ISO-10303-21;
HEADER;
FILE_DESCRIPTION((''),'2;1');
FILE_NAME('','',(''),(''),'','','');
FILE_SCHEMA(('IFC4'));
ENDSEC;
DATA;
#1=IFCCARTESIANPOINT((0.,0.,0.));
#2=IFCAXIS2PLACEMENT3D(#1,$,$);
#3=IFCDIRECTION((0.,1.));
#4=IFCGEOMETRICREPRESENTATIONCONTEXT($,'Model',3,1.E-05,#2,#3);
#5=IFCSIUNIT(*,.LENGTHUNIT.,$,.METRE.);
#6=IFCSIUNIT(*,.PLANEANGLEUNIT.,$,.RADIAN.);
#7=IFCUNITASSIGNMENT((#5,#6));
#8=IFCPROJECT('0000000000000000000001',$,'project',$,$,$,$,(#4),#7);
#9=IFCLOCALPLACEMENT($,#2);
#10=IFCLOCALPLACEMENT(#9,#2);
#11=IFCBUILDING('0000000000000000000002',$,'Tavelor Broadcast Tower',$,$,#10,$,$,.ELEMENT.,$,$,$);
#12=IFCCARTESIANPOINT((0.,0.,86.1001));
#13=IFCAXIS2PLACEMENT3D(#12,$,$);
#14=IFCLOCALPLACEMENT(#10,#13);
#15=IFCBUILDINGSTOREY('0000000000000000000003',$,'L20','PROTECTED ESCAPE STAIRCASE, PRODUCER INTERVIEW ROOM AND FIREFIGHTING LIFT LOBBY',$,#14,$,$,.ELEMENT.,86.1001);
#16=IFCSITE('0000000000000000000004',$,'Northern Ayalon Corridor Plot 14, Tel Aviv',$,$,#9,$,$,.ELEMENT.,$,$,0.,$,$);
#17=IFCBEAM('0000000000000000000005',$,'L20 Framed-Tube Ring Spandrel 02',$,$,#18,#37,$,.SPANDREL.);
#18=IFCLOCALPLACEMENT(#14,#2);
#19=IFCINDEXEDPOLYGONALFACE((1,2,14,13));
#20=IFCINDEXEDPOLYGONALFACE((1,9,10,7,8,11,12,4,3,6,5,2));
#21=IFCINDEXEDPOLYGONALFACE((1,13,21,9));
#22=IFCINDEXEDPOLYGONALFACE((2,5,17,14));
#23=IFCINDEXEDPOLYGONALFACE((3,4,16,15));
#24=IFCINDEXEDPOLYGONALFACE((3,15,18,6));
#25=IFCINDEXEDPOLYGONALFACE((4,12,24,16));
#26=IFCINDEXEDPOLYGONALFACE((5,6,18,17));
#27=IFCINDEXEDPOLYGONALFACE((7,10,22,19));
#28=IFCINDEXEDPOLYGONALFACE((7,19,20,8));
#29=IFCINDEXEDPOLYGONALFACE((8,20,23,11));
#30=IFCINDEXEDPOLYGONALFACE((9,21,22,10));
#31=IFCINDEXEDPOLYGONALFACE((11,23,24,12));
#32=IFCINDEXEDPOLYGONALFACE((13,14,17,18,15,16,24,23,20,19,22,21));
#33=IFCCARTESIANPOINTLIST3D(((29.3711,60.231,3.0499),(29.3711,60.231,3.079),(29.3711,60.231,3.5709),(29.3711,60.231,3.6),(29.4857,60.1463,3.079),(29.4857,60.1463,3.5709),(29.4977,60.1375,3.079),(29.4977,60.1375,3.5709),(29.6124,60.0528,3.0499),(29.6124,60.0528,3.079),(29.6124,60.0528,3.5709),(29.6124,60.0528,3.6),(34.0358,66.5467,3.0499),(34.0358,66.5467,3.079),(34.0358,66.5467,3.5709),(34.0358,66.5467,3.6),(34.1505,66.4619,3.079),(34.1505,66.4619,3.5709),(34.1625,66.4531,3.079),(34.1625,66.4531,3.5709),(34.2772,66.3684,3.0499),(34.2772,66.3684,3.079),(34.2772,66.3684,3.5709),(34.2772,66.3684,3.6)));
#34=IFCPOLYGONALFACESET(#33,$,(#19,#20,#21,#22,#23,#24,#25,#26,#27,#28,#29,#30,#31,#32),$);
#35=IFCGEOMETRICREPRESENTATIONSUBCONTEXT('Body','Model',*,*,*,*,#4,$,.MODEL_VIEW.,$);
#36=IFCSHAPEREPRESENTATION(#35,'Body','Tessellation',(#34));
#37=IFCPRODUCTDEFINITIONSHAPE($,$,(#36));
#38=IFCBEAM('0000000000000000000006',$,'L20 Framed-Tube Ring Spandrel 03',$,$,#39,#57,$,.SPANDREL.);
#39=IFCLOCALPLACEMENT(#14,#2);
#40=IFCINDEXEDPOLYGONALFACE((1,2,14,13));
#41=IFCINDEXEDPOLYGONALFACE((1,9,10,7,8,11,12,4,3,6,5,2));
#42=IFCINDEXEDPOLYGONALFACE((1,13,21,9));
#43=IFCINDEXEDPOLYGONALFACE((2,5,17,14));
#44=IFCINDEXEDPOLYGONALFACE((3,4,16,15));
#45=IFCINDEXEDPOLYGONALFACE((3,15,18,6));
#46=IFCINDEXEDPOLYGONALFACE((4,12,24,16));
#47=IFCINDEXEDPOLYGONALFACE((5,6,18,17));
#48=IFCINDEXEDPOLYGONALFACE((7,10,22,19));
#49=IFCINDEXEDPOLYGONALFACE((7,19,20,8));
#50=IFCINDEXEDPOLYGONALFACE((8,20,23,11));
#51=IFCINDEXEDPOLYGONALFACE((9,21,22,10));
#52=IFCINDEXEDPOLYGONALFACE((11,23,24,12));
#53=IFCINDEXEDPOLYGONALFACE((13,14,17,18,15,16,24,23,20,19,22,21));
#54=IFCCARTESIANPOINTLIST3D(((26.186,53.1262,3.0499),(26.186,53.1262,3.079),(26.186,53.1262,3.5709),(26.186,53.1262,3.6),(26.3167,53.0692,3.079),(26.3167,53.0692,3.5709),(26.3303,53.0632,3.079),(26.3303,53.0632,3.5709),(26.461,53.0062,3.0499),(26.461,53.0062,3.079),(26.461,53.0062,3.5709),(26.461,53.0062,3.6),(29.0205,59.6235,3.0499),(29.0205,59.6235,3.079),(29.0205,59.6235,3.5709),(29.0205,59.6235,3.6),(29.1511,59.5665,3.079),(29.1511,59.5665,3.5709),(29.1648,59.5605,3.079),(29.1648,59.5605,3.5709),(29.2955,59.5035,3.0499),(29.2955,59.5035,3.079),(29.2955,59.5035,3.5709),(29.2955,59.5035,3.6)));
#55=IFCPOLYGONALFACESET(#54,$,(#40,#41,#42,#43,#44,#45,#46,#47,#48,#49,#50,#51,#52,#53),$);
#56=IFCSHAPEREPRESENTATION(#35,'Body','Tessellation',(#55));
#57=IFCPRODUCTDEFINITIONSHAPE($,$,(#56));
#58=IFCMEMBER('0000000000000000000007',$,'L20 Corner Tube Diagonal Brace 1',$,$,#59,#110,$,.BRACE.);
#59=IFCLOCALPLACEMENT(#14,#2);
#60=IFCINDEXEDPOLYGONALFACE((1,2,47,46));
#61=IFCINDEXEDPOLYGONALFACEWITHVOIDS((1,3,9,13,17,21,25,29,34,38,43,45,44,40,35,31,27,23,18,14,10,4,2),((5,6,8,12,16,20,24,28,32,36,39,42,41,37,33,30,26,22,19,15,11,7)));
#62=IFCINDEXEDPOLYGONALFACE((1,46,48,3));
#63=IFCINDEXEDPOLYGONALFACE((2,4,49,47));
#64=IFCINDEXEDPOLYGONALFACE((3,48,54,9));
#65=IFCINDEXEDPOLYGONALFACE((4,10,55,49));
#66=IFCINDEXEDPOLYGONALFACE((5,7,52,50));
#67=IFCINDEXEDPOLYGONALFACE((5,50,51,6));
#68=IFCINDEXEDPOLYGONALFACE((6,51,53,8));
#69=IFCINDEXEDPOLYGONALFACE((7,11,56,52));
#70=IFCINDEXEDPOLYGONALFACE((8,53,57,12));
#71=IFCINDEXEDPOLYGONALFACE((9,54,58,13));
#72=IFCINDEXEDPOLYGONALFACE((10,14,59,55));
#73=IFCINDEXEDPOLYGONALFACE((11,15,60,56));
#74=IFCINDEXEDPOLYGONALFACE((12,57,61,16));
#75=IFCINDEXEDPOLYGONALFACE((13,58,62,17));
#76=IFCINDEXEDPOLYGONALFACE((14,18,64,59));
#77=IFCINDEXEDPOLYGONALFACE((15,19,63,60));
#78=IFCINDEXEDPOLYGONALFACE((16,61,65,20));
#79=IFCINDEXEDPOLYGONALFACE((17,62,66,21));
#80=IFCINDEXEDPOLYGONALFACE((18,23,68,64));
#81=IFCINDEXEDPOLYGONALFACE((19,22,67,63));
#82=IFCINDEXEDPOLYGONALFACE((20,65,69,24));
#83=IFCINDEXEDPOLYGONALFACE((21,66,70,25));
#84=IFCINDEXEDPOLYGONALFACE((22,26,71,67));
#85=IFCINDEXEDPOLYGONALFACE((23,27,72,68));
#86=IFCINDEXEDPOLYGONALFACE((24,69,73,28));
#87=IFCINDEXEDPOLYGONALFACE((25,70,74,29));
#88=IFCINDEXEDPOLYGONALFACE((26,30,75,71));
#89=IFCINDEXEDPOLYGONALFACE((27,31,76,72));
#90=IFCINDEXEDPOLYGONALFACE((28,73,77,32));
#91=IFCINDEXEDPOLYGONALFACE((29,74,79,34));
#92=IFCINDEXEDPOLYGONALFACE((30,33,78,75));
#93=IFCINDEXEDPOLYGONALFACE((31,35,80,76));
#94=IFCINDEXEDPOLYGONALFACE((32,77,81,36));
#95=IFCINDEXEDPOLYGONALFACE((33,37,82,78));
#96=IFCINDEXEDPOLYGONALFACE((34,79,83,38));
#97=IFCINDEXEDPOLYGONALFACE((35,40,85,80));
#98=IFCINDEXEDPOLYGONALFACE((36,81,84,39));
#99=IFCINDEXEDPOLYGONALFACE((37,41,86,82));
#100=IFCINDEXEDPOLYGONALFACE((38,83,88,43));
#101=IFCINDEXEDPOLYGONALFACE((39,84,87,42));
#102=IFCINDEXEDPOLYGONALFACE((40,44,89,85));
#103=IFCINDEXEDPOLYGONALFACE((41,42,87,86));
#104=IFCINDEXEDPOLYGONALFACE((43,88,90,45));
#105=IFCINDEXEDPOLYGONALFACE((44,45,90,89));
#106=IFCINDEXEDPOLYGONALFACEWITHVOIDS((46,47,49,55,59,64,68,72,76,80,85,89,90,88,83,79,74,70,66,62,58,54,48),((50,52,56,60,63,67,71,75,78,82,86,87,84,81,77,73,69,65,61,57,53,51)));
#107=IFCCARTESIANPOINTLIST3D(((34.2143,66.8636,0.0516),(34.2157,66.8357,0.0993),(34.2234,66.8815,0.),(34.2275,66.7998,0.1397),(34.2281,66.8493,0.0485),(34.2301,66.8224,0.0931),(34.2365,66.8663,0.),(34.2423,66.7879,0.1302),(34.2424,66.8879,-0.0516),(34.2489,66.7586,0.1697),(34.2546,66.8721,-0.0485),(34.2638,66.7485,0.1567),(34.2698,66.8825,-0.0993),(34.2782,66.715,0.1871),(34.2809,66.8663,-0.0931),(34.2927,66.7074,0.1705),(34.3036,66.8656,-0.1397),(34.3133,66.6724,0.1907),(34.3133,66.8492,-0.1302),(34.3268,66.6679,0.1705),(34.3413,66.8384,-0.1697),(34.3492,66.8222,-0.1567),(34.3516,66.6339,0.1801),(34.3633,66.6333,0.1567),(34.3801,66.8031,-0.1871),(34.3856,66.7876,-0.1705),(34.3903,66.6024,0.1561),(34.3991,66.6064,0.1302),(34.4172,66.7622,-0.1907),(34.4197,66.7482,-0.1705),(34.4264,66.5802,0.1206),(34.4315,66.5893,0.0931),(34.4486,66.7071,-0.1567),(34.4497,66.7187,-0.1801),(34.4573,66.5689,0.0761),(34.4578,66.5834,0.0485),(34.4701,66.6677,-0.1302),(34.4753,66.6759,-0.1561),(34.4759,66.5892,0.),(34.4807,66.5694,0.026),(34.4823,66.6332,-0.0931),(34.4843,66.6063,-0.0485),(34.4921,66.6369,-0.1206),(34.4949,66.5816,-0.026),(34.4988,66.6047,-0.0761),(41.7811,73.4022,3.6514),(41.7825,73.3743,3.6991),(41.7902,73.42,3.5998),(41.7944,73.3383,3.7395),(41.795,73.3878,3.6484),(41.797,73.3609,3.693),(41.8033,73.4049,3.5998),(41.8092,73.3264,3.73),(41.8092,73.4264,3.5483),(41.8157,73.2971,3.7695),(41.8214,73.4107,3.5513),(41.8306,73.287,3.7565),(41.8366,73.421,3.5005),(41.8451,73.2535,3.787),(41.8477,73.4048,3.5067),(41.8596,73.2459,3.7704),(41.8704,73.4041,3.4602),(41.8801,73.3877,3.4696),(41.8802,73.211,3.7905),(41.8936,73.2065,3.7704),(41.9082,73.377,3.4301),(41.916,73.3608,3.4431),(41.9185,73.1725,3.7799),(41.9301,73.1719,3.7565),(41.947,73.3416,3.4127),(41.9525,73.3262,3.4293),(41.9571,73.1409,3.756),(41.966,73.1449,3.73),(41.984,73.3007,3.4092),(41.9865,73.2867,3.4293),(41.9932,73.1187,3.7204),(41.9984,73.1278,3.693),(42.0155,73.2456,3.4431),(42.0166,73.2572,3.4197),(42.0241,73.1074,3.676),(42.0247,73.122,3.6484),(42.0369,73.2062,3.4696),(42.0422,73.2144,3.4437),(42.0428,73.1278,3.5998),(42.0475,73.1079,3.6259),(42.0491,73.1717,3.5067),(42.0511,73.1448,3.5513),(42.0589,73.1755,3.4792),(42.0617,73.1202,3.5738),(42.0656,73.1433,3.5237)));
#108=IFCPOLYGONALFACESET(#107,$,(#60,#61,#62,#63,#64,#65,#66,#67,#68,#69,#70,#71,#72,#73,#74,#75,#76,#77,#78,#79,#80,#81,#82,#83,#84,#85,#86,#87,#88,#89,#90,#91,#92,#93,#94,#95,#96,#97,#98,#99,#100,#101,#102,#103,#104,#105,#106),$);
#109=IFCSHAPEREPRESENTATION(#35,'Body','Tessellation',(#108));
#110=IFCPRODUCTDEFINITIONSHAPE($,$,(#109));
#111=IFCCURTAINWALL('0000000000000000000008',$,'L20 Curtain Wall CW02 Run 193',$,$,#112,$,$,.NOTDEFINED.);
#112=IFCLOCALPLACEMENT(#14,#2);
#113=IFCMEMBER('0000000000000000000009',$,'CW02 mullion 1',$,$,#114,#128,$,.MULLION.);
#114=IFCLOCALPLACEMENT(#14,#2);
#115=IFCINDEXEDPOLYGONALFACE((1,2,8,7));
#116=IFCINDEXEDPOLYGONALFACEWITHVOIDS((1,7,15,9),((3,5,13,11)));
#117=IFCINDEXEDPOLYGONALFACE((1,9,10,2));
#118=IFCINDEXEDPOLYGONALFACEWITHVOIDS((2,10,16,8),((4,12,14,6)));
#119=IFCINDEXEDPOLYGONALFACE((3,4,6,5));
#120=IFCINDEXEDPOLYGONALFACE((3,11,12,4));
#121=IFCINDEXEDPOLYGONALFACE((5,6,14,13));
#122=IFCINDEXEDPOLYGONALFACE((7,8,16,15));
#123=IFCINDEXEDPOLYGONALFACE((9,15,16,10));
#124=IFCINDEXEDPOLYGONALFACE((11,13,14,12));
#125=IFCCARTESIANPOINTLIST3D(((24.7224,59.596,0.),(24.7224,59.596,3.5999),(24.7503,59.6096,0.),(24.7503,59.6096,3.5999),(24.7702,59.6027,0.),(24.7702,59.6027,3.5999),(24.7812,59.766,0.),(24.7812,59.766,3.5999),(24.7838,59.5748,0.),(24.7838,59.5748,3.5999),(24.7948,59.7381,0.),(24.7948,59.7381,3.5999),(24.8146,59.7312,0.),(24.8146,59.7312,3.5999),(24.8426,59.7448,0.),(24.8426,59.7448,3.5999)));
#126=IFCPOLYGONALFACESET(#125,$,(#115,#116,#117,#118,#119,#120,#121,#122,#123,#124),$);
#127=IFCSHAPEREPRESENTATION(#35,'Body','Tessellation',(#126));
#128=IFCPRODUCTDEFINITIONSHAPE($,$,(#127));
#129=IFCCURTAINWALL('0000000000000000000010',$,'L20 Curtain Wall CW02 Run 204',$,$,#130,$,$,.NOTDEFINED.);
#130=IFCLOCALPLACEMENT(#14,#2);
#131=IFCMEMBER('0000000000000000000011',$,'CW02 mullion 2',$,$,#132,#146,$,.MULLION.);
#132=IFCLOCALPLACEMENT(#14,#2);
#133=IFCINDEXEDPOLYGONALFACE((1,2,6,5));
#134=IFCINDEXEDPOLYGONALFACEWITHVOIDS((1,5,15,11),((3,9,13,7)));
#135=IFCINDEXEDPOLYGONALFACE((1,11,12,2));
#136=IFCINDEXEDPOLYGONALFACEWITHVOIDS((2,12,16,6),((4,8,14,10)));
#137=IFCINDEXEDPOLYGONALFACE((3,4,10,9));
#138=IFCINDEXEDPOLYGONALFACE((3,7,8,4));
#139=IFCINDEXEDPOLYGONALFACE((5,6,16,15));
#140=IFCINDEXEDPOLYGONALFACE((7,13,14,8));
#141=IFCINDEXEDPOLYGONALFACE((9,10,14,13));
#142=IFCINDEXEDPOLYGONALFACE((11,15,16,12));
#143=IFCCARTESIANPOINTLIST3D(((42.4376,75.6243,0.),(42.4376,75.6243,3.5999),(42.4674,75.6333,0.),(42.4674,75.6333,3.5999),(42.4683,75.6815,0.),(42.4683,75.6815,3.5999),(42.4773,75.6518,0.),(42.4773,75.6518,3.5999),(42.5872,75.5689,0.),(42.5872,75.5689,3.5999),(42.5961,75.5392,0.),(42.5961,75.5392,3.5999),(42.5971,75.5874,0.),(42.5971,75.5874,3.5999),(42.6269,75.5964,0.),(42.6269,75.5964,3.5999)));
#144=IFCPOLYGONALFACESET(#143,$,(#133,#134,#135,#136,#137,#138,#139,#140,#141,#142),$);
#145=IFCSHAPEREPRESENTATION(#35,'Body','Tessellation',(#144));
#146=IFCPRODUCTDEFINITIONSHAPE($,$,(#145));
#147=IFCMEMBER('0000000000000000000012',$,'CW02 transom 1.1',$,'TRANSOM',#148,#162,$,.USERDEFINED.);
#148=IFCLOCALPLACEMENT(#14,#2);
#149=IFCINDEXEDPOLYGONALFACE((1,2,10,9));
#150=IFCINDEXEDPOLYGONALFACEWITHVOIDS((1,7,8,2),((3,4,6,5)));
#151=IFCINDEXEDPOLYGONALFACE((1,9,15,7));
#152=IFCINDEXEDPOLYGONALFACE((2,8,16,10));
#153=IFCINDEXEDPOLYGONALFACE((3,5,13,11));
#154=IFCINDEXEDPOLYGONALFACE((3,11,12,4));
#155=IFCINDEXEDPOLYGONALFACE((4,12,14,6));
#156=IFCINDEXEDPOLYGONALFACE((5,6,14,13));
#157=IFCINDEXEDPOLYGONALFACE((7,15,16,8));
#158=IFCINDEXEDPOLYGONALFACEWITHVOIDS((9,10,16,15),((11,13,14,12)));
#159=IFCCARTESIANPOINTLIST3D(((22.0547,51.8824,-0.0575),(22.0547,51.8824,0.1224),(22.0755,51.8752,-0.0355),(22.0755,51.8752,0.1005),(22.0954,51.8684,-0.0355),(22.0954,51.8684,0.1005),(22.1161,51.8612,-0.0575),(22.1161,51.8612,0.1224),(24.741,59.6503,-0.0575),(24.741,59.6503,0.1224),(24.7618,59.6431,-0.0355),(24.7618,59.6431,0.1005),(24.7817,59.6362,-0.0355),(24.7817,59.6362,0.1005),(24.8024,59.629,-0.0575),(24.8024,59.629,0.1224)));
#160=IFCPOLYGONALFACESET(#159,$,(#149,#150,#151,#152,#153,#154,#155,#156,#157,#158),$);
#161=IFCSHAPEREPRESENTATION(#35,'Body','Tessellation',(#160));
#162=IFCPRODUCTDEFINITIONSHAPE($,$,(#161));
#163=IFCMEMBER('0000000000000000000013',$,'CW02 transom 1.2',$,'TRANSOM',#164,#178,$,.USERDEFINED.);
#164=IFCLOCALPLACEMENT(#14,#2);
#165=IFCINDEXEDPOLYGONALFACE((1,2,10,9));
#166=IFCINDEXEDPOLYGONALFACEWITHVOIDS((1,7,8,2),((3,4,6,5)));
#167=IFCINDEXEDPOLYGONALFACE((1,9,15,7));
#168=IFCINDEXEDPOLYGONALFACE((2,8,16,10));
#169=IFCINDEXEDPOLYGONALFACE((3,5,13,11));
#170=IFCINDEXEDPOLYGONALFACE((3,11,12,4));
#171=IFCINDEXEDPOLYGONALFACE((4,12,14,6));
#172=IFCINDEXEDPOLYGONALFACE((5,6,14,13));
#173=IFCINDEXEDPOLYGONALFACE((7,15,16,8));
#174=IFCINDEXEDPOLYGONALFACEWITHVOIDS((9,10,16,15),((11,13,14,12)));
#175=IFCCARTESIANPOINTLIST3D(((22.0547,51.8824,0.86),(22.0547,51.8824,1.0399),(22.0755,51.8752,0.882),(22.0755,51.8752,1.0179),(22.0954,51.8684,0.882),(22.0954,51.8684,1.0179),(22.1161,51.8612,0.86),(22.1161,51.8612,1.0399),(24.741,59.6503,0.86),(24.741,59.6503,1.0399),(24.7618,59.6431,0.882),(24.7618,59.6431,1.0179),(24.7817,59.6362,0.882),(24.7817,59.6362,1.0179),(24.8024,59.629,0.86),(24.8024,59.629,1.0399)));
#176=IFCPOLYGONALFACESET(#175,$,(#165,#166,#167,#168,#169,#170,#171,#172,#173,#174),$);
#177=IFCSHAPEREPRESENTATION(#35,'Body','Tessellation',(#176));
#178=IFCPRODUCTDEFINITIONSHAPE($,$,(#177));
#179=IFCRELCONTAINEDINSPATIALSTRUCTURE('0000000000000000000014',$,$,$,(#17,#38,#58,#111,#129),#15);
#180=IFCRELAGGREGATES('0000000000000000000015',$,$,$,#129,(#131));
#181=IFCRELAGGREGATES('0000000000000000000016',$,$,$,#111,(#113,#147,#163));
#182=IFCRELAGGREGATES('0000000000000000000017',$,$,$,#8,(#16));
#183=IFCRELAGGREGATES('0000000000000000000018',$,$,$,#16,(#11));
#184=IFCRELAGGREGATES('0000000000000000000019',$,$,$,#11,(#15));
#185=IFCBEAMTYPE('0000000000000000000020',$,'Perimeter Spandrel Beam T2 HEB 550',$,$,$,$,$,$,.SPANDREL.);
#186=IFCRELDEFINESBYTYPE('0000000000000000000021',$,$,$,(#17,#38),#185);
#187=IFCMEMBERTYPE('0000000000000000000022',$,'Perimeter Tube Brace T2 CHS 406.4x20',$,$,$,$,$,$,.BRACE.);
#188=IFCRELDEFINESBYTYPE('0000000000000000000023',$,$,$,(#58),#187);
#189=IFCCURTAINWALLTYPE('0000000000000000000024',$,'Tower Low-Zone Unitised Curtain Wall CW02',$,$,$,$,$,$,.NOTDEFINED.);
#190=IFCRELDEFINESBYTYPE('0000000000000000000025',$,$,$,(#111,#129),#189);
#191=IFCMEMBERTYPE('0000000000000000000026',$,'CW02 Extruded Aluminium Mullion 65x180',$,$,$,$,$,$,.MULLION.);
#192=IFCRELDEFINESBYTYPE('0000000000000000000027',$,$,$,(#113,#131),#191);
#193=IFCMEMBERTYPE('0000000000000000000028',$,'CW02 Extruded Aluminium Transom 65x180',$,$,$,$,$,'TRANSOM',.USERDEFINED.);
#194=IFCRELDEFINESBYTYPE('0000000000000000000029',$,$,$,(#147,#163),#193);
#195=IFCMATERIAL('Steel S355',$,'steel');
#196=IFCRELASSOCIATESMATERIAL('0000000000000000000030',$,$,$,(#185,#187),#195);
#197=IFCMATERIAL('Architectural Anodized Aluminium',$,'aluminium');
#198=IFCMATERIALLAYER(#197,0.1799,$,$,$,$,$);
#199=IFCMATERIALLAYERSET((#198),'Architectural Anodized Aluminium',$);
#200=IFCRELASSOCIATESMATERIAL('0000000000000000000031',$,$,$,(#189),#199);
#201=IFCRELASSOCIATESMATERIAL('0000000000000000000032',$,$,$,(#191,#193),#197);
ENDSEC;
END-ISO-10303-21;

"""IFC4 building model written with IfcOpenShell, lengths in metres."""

from ifc_helpers import new_model, si_unit, direction, frame, origin, origin_2d, place, context, subcontext, project, spatial, hollow_rectangle, hollow_circle, i_section, extrude, source, transform, mapped, material, layer, layer_set, material_profile, profile_set, type_object, type_shapes, element, aggregate, save


model = new_model("IFC4")

# Units and contexts
model_context = context("Model", 3, precision=1e-05, world=origin(), true_north=direction((0.0, 1.0)))
body_context = subcontext(model_context, "Body", "Model", "MODEL_VIEW")
ifc_project = project(units=[si_unit("LENGTHUNIT", "METRE"), si_unit("PLANEANGLEUNIT", "RADIAN")], contexts=[model_context])

# Site, building, storey
site_placement = place(None, origin())
site = spatial("IfcSite", under=ifc_project, at=site_placement, Name="Northern Ayalon Corridor Plot 14, Tel Aviv", CompositionType="ELEMENT", RefElevation=0.0)
building_placement = place(site_placement, origin())
building = spatial("IfcBuilding", under=site, at=building_placement, Name="Tavelor Broadcast Tower", CompositionType="ELEMENT")
storey_placement = place(building_placement, frame((0.0, 0.0, 86.1001)))
storey = spatial("IfcBuildingStorey", under=building, at=storey_placement, Name="L20", Description="PROTECTED ESCAPE STAIRCASE, PRODUCER INTERVIEW ROOM AND FIREFIGHTING LIFT LOBBY", CompositionType="ELEMENT", Elevation=86.1001)

# Beams
ifc_material_1 = material(Name="Steel S355", Category="steel")
ifc_material_profile_1 = material_profile(ifc_material_1, i_section(OverallWidth=0.3, OverallDepth=0.55, WebThickness=0.0149, FlangeThickness=0.0291, at=origin_2d()), Name="HEB 550")
ifc_profile_set_1 = profile_set([ifc_material_profile_1], Name="Steel S355")
beam_type_1 = type_object("IfcBeamType", Name="Perimeter Spandrel Beam T2 HEB 550", PredefinedType="SPANDREL", material=ifc_profile_set_1)
beam_1_placement = place(storey_placement, frame((34.1565, 66.4575, 3.325), z_axis=(-0.594118, -0.804378, 0.0), x_axis=(0.804378, -0.594118, 0.0)))
element("IfcBeam", 1, at=beam_1_placement, inside=storey, type_object=beam_type_1, Name="L20 Framed-Tube Ring Spandrel 02", PredefinedType="SPANDREL", context=body_context, shape_type="SweptSolid", body=[
    extrude(i_section(OverallWidth=0.3, OverallDepth=0.55, WebThickness=0.0149, FlangeThickness=0.0291, at=origin_2d()), origin(), (0.0, 0.0, 1.0), 7.8516),
])
beam_2_placement = place(storey_placement, frame((29.158, 59.5635, 3.325), z_axis=(-0.399859, -0.916577, 0.0), x_axis=(0.916577, -0.399859, 0.0)))
element("IfcBeam", 2, at=beam_2_placement, inside=storey, type_object=beam_type_1, Name="L20 Framed-Tube Ring Spandrel 03", PredefinedType="SPANDREL", context=body_context, shape_type="SweptSolid", body=[
    extrude(i_section(OverallWidth=0.3, OverallDepth=0.55, WebThickness=0.0149, FlangeThickness=0.0291, at=origin_2d()), origin(), (0.0, 0.0, 1.0), 7.0886),
])

# Member
ifc_material_profile_2 = material_profile(ifc_material_1, hollow_circle(Radius=0.2031, WallThickness=0.02, at=origin_2d()), Name="CHS 406.4x20")
ifc_profile_set_2 = profile_set([ifc_material_profile_2], Name="Steel S355")
member_type_1 = type_object("IfcMemberType", Name="Perimeter Tube Brace T2 CHS 406.4x20", PredefinedType="BRACE", material=ifc_profile_set_2)
member_1_placement = place(storey_placement, frame((34.3562, 66.7278, 0.0), z_axis=(0.711929, 0.61518, 0.338691), x_axis=(-0.653822, 0.756648, 0.0)))
element("IfcMember", 3, at=member_1_placement, inside=storey, type_object=member_type_1, Name="L20 Corner Tube Diagonal Brace 1", PredefinedType="BRACE", context=body_context, shape_type="SweptSolid", body=[
    extrude(hollow_circle(Radius=0.2031, WallThickness=0.02, at=origin_2d()), origin(), (0.0, 0.0, 1.0), 10.6287),
])

# Curtain walls, members
ifc_material_2 = material(Name="Architectural Anodized Aluminium", Category="aluminium")
ifc_layer_1 = layer(ifc_material_2, 0.1799)
ifc_layer_set_1 = layer_set([ifc_layer_1], Name="Architectural Anodized Aluminium")
curtain_wall_type = type_object("IfcCurtainWallType", Name="Tower Low-Zone Unitised Curtain Wall CW02", PredefinedType="NOTDEFINED", material=ifc_layer_set_1)
curtain_wall_1_placement = place(storey_placement, origin())
curtain_wall_1 = element("IfcCurtainWall", 4, at=curtain_wall_1_placement, inside=storey, type_object=curtain_wall_type, Name="L20 Curtain Wall CW02 Run 193", PredefinedType="NOTDEFINED")
ifc_material_profile_3 = material_profile(ifc_material_2, hollow_rectangle(XDim=0.0649, YDim=0.1799, WallThickness=0.022, at=origin_2d()), Name="RHS 65x180x22")
ifc_profile_set_3 = profile_set([ifc_material_profile_3], Name="Architectural Anodized Aluminium")
member_type_2 = type_object("IfcMemberType", Name="CW02 Extruded Aluminium Mullion 65x180", PredefinedType="MULLION", material=ifc_profile_set_3)
shared_shape_1 = source(origin(), body_context, "Body", "SweptSolid", [
    extrude(hollow_rectangle(XDim=0.0649, YDim=0.1799, WallThickness=0.022, at=origin_2d()), origin(), (0.0, 0.0, 1.0), 3.5999),
])
type_shapes(member_type_2, [shared_shape_1])
member_2_placement = place(storey_placement, frame((24.7825, 59.6704, 0.0), z_axis=(0.0, 0.0, 1.0), x_axis=(0.945088, -0.326815, 0.0)))
member_2 = element("IfcMember", 5, at=member_2_placement, type_object=member_type_2, Name="CW02 mullion 1", PredefinedType="MULLION", context=body_context, shape_type="MappedRepresentation", body=[
    mapped(shared_shape_1, transform((0.0, 0.0, 0.0), scale=1.0)),
])
curtain_wall_2_placement = place(storey_placement, origin())
curtain_wall_2 = element("IfcCurtainWall", 6, at=curtain_wall_2_placement, inside=storey, type_object=curtain_wall_type, Name="L20 Curtain Wall CW02 Run 204", PredefinedType="NOTDEFINED")
member_3_placement = place(storey_placement, frame((42.5322, 75.6104, 0.0), z_axis=(0.0, 0.0, 1.0), x_axis=(-0.472914, -0.881109, 0.0)))
member_3 = element("IfcMember", 7, at=member_3_placement, type_object=member_type_2, Name="CW02 mullion 2", PredefinedType="MULLION", context=body_context, shape_type="MappedRepresentation", body=[
    mapped(shared_shape_1, transform((0.0, 0.0, 0.0), scale=1.0)),
])
aggregate(curtain_wall_2, [member_3])

# Members
ifc_material_profile_4 = material_profile(ifc_material_2, hollow_rectangle(XDim=0.0649, YDim=0.1799, WallThickness=0.022, at=origin_2d()), Name="RHS 65x180x22")
ifc_profile_set_4 = profile_set([ifc_material_profile_4], Name="Architectural Anodized Aluminium")
member_type_3 = type_object("IfcMemberType", Name="CW02 Extruded Aluminium Transom 65x180", ElementType="TRANSOM", PredefinedType="USERDEFINED", material=ifc_profile_set_4)
shared_shape_2 = source(origin(), body_context, "Body", "SweptSolid", [
    extrude(hollow_rectangle(XDim=0.0649, YDim=0.1799, WallThickness=0.022, at=origin_2d()), origin(), (0.0, 0.0, 1.0), 8.2192),
])
type_shapes(member_type_3, [shared_shape_2])
member_4_placement = place(storey_placement, frame((24.7717, 59.6396, 0.0325), z_axis=(-0.32683, -0.945083, 0.0), x_axis=(0.945083, -0.32683, 0.0)))
member_4 = element("IfcMember", 8, at=member_4_placement, type_object=member_type_3, Name="CW02 transom 1.1", ObjectType="TRANSOM", PredefinedType="USERDEFINED", context=body_context, shape_type="MappedRepresentation", body=[
    mapped(shared_shape_2, transform((0.0, 0.0, 0.0), scale=1.0)),
])
member_5_placement = place(storey_placement, frame((24.7717, 59.6396, 0.95), z_axis=(-0.32683, -0.945083, 0.0), x_axis=(0.945083, -0.32683, 0.0)))
member_5 = element("IfcMember", 9, at=member_5_placement, type_object=member_type_3, Name="CW02 transom 1.2", ObjectType="TRANSOM", PredefinedType="USERDEFINED", context=body_context, shape_type="MappedRepresentation", body=[
    mapped(shared_shape_2, transform((0.0, 0.0, 0.0), scale=1.0)),
])
aggregate(curtain_wall_1, [member_2, member_4, member_5])

save(model, "model.ifc")
